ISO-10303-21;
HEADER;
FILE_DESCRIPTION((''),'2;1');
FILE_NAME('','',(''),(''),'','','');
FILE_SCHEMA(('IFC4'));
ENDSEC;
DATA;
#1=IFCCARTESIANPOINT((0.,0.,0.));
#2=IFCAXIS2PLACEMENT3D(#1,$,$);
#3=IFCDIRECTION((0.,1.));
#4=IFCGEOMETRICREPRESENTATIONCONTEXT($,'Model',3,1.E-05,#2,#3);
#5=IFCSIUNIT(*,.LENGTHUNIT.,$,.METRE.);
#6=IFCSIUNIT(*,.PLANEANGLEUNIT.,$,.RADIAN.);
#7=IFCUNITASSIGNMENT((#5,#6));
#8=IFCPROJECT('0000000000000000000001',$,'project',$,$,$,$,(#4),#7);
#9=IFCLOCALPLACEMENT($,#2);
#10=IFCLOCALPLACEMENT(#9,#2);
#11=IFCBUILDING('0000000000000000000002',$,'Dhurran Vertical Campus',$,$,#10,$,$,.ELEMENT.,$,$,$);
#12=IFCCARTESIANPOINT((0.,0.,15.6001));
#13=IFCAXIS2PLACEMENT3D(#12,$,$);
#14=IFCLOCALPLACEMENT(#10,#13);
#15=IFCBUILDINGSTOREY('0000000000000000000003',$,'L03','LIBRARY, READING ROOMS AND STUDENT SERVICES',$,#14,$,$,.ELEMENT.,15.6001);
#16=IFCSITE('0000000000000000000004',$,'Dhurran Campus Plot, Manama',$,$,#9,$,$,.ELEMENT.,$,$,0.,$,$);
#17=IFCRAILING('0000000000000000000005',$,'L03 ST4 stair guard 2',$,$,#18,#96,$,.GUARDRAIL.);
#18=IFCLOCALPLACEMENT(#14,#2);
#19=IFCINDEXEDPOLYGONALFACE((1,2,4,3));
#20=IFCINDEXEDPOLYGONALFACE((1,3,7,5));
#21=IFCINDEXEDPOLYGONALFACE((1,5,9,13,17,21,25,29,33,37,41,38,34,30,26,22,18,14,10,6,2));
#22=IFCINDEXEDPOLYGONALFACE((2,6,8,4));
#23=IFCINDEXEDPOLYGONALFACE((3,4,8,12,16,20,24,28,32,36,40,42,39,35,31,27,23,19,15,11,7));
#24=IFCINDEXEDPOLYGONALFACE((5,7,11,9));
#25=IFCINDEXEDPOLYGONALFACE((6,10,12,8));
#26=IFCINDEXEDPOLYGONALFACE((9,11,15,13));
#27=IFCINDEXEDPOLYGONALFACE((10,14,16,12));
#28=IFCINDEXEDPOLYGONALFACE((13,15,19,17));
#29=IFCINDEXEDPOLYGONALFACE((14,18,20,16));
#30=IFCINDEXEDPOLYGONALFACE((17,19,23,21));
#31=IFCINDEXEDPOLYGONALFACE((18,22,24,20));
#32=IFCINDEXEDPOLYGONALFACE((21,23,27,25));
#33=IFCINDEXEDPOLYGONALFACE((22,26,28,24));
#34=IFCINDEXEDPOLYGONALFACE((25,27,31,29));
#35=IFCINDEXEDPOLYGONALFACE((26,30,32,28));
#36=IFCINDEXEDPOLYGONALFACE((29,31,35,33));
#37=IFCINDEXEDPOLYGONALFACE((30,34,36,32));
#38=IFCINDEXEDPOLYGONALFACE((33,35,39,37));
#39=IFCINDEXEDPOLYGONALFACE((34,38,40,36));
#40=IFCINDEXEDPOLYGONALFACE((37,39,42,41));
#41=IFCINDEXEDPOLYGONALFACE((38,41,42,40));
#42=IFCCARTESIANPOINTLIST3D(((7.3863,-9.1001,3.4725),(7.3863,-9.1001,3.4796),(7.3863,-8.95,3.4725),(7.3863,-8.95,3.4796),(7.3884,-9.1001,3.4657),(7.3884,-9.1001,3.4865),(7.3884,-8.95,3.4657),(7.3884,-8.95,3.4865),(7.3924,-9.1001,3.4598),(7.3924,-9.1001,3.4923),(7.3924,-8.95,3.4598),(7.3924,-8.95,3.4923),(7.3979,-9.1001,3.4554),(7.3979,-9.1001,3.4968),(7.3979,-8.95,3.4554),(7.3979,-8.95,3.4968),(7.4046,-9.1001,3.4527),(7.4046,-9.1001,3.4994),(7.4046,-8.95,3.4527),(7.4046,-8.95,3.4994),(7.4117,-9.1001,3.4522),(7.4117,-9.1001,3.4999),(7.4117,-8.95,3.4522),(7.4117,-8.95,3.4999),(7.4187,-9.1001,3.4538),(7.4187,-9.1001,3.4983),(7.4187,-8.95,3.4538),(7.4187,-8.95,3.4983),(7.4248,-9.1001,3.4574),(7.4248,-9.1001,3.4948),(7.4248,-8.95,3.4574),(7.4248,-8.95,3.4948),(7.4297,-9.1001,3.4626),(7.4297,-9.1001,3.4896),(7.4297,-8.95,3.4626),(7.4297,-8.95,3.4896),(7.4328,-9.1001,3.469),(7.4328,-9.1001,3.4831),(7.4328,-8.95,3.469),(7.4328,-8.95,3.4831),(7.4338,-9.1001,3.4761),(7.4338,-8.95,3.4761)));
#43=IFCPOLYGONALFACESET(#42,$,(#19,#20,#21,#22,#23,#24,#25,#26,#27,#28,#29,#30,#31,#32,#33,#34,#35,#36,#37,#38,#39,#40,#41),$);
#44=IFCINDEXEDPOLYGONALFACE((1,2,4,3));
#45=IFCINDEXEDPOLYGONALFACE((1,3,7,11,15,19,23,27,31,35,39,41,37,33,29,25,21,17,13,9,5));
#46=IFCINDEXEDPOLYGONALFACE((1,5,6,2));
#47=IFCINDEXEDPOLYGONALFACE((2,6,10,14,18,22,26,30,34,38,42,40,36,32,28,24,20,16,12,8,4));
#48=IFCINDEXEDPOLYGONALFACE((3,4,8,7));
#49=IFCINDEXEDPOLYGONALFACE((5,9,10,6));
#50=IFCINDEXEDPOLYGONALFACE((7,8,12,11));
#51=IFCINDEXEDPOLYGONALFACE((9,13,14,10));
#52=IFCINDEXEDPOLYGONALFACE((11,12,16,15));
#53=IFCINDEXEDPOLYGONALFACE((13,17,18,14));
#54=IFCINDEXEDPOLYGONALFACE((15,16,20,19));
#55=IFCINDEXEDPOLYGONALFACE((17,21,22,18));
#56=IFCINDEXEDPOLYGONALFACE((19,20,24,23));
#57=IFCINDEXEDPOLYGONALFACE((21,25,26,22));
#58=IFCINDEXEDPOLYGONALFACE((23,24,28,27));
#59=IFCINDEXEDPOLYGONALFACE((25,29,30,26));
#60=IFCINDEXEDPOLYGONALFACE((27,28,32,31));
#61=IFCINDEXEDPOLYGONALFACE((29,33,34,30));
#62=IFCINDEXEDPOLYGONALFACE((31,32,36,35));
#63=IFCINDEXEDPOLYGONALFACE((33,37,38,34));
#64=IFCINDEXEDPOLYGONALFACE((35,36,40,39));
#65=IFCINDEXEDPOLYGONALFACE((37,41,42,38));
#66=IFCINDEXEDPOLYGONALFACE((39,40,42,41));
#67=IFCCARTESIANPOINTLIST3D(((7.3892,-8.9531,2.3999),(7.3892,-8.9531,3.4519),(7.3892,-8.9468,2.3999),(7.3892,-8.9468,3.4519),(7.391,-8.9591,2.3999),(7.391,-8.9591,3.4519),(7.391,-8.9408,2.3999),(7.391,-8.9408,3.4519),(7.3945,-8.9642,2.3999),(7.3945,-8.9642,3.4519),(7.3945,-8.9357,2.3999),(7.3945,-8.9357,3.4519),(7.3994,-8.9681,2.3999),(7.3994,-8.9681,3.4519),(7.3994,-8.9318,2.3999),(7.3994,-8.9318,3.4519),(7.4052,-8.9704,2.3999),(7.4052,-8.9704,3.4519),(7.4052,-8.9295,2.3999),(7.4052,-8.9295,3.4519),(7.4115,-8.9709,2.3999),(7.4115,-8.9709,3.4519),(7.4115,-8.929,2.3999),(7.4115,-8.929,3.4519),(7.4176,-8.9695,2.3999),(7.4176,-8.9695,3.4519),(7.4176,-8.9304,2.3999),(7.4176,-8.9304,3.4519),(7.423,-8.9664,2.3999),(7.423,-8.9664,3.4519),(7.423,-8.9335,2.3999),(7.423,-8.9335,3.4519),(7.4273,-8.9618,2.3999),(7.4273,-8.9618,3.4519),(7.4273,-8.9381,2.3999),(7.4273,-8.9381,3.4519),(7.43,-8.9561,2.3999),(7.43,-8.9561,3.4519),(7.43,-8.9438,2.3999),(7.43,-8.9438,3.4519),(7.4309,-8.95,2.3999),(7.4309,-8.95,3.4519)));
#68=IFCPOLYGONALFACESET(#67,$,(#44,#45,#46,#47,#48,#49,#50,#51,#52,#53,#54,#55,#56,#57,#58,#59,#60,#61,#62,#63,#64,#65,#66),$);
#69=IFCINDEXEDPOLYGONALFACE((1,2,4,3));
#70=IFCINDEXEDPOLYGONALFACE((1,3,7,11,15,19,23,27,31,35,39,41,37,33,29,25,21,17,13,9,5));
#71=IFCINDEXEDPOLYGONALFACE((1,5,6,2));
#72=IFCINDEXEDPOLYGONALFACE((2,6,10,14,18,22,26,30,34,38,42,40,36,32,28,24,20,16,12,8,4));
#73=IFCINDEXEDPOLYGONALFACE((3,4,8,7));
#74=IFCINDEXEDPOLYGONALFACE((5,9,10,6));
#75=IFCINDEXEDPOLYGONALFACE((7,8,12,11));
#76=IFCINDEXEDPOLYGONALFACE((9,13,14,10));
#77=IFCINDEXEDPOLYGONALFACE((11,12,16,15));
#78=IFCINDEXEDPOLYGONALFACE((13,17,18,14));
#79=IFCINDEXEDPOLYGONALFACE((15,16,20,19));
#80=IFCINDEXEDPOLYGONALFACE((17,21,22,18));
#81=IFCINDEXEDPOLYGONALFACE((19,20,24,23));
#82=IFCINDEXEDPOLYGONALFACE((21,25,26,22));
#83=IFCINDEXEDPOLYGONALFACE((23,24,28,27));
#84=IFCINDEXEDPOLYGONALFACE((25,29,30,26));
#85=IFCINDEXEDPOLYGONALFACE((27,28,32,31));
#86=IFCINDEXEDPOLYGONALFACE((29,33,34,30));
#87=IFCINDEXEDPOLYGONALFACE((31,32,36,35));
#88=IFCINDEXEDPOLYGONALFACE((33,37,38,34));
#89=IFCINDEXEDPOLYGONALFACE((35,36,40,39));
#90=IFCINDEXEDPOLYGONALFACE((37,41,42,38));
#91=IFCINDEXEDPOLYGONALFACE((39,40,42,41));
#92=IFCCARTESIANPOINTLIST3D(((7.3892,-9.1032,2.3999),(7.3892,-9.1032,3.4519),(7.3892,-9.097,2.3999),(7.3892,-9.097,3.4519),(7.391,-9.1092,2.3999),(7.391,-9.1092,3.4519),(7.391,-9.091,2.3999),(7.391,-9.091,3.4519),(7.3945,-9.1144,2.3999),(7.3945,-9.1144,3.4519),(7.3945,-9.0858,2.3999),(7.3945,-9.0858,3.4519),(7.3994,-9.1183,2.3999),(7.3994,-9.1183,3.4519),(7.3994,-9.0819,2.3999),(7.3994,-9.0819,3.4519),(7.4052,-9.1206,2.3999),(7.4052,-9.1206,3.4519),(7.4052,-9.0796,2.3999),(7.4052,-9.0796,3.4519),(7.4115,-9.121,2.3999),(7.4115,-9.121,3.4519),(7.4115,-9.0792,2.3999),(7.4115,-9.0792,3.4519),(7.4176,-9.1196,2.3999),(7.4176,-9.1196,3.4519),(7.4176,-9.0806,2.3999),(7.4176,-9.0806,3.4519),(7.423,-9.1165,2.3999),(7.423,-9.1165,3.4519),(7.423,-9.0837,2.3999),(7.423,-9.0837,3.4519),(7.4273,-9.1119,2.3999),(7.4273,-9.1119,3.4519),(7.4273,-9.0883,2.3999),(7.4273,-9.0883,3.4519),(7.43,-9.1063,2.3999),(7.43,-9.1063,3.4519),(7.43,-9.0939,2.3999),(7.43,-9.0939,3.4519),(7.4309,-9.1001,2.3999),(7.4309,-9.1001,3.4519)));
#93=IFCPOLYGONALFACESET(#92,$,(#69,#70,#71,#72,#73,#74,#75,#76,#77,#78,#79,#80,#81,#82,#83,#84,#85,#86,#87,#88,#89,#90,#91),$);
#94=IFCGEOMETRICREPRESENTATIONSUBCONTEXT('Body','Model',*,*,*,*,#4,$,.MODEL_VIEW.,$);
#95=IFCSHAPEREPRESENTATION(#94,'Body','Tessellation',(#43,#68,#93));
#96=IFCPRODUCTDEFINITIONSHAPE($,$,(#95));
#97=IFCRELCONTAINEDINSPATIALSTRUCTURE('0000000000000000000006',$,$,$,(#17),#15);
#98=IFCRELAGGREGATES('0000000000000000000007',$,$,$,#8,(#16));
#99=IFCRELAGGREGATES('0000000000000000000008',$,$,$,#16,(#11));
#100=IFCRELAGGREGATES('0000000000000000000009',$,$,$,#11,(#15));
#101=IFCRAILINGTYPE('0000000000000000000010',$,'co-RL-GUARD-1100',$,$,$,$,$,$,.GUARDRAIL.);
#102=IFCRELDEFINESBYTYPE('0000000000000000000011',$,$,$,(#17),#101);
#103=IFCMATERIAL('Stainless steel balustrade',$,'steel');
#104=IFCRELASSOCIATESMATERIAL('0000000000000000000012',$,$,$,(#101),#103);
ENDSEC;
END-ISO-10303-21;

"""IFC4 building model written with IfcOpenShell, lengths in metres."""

from ifc_helpers import new_model, si_unit, direction, frame, origin, origin_2d, place, context, subcontext, project, spatial, circle, extrude, material, type_object, element, save


model = new_model("IFC4")

# Units and contexts
model_context = context("Model", 3, precision=1e-05, world=origin(), true_north=direction((0.0, 1.0)))
body_context = subcontext(model_context, "Body", "Model", "MODEL_VIEW")
ifc_project = project(units=[si_unit("LENGTHUNIT", "METRE"), si_unit("PLANEANGLEUNIT", "RADIAN")], contexts=[model_context])

# Site, building, storey
site_placement = place(None, origin())
site = spatial("IfcSite", under=ifc_project, at=site_placement, Name="Dhurran Campus Plot, Manama", CompositionType="ELEMENT", RefElevation=0.0)
building_placement = place(site_placement, origin())
building = spatial("IfcBuilding", under=site, at=building_placement, Name="Dhurran Vertical Campus", CompositionType="ELEMENT")
storey_placement = place(building_placement, frame((0.0, 0.0, 15.6001)))
storey = spatial("IfcBuildingStorey", under=building, at=storey_placement, Name="L03", Description="LIBRARY, READING ROOMS AND STUDENT SERVICES", CompositionType="ELEMENT", Elevation=15.6001)

# Railing
ifc_material_1 = material(Name="Stainless steel balustrade", Category="steel")
railing_type_1 = type_object("IfcRailingType", Name="co-RL-GUARD-1100", PredefinedType="GUARDRAIL", material=ifc_material_1)
railing_1_placement = place(storey_placement, frame((7.4099, -8.95, 2.3999)))
element("IfcRailing", 1, at=railing_1_placement, inside=storey, type_object=railing_type_1, Name="L03 ST4 stair guard 2", PredefinedType="GUARDRAIL", context=body_context, shape_type="SweptSolid", body=[
    extrude(circle(Radius=0.0239, at=origin_2d()), frame((0.0, 0.0, 1.0762), z_axis=(0.0, -1.0, 0.0), x_axis=(1.0, 0.0, 0.0)), (0.0, 0.0, 1.0), 0.1501),
    extrude(circle(Radius=0.021, at=origin_2d()), origin(), (0.0, 0.0, 1.0), 1.052),
    extrude(circle(Radius=0.021, at=origin_2d()), frame((0.0, -0.1501, 0.0)), (0.0, 0.0, 1.0), 1.052),
])

save(model, "model.ifc")
